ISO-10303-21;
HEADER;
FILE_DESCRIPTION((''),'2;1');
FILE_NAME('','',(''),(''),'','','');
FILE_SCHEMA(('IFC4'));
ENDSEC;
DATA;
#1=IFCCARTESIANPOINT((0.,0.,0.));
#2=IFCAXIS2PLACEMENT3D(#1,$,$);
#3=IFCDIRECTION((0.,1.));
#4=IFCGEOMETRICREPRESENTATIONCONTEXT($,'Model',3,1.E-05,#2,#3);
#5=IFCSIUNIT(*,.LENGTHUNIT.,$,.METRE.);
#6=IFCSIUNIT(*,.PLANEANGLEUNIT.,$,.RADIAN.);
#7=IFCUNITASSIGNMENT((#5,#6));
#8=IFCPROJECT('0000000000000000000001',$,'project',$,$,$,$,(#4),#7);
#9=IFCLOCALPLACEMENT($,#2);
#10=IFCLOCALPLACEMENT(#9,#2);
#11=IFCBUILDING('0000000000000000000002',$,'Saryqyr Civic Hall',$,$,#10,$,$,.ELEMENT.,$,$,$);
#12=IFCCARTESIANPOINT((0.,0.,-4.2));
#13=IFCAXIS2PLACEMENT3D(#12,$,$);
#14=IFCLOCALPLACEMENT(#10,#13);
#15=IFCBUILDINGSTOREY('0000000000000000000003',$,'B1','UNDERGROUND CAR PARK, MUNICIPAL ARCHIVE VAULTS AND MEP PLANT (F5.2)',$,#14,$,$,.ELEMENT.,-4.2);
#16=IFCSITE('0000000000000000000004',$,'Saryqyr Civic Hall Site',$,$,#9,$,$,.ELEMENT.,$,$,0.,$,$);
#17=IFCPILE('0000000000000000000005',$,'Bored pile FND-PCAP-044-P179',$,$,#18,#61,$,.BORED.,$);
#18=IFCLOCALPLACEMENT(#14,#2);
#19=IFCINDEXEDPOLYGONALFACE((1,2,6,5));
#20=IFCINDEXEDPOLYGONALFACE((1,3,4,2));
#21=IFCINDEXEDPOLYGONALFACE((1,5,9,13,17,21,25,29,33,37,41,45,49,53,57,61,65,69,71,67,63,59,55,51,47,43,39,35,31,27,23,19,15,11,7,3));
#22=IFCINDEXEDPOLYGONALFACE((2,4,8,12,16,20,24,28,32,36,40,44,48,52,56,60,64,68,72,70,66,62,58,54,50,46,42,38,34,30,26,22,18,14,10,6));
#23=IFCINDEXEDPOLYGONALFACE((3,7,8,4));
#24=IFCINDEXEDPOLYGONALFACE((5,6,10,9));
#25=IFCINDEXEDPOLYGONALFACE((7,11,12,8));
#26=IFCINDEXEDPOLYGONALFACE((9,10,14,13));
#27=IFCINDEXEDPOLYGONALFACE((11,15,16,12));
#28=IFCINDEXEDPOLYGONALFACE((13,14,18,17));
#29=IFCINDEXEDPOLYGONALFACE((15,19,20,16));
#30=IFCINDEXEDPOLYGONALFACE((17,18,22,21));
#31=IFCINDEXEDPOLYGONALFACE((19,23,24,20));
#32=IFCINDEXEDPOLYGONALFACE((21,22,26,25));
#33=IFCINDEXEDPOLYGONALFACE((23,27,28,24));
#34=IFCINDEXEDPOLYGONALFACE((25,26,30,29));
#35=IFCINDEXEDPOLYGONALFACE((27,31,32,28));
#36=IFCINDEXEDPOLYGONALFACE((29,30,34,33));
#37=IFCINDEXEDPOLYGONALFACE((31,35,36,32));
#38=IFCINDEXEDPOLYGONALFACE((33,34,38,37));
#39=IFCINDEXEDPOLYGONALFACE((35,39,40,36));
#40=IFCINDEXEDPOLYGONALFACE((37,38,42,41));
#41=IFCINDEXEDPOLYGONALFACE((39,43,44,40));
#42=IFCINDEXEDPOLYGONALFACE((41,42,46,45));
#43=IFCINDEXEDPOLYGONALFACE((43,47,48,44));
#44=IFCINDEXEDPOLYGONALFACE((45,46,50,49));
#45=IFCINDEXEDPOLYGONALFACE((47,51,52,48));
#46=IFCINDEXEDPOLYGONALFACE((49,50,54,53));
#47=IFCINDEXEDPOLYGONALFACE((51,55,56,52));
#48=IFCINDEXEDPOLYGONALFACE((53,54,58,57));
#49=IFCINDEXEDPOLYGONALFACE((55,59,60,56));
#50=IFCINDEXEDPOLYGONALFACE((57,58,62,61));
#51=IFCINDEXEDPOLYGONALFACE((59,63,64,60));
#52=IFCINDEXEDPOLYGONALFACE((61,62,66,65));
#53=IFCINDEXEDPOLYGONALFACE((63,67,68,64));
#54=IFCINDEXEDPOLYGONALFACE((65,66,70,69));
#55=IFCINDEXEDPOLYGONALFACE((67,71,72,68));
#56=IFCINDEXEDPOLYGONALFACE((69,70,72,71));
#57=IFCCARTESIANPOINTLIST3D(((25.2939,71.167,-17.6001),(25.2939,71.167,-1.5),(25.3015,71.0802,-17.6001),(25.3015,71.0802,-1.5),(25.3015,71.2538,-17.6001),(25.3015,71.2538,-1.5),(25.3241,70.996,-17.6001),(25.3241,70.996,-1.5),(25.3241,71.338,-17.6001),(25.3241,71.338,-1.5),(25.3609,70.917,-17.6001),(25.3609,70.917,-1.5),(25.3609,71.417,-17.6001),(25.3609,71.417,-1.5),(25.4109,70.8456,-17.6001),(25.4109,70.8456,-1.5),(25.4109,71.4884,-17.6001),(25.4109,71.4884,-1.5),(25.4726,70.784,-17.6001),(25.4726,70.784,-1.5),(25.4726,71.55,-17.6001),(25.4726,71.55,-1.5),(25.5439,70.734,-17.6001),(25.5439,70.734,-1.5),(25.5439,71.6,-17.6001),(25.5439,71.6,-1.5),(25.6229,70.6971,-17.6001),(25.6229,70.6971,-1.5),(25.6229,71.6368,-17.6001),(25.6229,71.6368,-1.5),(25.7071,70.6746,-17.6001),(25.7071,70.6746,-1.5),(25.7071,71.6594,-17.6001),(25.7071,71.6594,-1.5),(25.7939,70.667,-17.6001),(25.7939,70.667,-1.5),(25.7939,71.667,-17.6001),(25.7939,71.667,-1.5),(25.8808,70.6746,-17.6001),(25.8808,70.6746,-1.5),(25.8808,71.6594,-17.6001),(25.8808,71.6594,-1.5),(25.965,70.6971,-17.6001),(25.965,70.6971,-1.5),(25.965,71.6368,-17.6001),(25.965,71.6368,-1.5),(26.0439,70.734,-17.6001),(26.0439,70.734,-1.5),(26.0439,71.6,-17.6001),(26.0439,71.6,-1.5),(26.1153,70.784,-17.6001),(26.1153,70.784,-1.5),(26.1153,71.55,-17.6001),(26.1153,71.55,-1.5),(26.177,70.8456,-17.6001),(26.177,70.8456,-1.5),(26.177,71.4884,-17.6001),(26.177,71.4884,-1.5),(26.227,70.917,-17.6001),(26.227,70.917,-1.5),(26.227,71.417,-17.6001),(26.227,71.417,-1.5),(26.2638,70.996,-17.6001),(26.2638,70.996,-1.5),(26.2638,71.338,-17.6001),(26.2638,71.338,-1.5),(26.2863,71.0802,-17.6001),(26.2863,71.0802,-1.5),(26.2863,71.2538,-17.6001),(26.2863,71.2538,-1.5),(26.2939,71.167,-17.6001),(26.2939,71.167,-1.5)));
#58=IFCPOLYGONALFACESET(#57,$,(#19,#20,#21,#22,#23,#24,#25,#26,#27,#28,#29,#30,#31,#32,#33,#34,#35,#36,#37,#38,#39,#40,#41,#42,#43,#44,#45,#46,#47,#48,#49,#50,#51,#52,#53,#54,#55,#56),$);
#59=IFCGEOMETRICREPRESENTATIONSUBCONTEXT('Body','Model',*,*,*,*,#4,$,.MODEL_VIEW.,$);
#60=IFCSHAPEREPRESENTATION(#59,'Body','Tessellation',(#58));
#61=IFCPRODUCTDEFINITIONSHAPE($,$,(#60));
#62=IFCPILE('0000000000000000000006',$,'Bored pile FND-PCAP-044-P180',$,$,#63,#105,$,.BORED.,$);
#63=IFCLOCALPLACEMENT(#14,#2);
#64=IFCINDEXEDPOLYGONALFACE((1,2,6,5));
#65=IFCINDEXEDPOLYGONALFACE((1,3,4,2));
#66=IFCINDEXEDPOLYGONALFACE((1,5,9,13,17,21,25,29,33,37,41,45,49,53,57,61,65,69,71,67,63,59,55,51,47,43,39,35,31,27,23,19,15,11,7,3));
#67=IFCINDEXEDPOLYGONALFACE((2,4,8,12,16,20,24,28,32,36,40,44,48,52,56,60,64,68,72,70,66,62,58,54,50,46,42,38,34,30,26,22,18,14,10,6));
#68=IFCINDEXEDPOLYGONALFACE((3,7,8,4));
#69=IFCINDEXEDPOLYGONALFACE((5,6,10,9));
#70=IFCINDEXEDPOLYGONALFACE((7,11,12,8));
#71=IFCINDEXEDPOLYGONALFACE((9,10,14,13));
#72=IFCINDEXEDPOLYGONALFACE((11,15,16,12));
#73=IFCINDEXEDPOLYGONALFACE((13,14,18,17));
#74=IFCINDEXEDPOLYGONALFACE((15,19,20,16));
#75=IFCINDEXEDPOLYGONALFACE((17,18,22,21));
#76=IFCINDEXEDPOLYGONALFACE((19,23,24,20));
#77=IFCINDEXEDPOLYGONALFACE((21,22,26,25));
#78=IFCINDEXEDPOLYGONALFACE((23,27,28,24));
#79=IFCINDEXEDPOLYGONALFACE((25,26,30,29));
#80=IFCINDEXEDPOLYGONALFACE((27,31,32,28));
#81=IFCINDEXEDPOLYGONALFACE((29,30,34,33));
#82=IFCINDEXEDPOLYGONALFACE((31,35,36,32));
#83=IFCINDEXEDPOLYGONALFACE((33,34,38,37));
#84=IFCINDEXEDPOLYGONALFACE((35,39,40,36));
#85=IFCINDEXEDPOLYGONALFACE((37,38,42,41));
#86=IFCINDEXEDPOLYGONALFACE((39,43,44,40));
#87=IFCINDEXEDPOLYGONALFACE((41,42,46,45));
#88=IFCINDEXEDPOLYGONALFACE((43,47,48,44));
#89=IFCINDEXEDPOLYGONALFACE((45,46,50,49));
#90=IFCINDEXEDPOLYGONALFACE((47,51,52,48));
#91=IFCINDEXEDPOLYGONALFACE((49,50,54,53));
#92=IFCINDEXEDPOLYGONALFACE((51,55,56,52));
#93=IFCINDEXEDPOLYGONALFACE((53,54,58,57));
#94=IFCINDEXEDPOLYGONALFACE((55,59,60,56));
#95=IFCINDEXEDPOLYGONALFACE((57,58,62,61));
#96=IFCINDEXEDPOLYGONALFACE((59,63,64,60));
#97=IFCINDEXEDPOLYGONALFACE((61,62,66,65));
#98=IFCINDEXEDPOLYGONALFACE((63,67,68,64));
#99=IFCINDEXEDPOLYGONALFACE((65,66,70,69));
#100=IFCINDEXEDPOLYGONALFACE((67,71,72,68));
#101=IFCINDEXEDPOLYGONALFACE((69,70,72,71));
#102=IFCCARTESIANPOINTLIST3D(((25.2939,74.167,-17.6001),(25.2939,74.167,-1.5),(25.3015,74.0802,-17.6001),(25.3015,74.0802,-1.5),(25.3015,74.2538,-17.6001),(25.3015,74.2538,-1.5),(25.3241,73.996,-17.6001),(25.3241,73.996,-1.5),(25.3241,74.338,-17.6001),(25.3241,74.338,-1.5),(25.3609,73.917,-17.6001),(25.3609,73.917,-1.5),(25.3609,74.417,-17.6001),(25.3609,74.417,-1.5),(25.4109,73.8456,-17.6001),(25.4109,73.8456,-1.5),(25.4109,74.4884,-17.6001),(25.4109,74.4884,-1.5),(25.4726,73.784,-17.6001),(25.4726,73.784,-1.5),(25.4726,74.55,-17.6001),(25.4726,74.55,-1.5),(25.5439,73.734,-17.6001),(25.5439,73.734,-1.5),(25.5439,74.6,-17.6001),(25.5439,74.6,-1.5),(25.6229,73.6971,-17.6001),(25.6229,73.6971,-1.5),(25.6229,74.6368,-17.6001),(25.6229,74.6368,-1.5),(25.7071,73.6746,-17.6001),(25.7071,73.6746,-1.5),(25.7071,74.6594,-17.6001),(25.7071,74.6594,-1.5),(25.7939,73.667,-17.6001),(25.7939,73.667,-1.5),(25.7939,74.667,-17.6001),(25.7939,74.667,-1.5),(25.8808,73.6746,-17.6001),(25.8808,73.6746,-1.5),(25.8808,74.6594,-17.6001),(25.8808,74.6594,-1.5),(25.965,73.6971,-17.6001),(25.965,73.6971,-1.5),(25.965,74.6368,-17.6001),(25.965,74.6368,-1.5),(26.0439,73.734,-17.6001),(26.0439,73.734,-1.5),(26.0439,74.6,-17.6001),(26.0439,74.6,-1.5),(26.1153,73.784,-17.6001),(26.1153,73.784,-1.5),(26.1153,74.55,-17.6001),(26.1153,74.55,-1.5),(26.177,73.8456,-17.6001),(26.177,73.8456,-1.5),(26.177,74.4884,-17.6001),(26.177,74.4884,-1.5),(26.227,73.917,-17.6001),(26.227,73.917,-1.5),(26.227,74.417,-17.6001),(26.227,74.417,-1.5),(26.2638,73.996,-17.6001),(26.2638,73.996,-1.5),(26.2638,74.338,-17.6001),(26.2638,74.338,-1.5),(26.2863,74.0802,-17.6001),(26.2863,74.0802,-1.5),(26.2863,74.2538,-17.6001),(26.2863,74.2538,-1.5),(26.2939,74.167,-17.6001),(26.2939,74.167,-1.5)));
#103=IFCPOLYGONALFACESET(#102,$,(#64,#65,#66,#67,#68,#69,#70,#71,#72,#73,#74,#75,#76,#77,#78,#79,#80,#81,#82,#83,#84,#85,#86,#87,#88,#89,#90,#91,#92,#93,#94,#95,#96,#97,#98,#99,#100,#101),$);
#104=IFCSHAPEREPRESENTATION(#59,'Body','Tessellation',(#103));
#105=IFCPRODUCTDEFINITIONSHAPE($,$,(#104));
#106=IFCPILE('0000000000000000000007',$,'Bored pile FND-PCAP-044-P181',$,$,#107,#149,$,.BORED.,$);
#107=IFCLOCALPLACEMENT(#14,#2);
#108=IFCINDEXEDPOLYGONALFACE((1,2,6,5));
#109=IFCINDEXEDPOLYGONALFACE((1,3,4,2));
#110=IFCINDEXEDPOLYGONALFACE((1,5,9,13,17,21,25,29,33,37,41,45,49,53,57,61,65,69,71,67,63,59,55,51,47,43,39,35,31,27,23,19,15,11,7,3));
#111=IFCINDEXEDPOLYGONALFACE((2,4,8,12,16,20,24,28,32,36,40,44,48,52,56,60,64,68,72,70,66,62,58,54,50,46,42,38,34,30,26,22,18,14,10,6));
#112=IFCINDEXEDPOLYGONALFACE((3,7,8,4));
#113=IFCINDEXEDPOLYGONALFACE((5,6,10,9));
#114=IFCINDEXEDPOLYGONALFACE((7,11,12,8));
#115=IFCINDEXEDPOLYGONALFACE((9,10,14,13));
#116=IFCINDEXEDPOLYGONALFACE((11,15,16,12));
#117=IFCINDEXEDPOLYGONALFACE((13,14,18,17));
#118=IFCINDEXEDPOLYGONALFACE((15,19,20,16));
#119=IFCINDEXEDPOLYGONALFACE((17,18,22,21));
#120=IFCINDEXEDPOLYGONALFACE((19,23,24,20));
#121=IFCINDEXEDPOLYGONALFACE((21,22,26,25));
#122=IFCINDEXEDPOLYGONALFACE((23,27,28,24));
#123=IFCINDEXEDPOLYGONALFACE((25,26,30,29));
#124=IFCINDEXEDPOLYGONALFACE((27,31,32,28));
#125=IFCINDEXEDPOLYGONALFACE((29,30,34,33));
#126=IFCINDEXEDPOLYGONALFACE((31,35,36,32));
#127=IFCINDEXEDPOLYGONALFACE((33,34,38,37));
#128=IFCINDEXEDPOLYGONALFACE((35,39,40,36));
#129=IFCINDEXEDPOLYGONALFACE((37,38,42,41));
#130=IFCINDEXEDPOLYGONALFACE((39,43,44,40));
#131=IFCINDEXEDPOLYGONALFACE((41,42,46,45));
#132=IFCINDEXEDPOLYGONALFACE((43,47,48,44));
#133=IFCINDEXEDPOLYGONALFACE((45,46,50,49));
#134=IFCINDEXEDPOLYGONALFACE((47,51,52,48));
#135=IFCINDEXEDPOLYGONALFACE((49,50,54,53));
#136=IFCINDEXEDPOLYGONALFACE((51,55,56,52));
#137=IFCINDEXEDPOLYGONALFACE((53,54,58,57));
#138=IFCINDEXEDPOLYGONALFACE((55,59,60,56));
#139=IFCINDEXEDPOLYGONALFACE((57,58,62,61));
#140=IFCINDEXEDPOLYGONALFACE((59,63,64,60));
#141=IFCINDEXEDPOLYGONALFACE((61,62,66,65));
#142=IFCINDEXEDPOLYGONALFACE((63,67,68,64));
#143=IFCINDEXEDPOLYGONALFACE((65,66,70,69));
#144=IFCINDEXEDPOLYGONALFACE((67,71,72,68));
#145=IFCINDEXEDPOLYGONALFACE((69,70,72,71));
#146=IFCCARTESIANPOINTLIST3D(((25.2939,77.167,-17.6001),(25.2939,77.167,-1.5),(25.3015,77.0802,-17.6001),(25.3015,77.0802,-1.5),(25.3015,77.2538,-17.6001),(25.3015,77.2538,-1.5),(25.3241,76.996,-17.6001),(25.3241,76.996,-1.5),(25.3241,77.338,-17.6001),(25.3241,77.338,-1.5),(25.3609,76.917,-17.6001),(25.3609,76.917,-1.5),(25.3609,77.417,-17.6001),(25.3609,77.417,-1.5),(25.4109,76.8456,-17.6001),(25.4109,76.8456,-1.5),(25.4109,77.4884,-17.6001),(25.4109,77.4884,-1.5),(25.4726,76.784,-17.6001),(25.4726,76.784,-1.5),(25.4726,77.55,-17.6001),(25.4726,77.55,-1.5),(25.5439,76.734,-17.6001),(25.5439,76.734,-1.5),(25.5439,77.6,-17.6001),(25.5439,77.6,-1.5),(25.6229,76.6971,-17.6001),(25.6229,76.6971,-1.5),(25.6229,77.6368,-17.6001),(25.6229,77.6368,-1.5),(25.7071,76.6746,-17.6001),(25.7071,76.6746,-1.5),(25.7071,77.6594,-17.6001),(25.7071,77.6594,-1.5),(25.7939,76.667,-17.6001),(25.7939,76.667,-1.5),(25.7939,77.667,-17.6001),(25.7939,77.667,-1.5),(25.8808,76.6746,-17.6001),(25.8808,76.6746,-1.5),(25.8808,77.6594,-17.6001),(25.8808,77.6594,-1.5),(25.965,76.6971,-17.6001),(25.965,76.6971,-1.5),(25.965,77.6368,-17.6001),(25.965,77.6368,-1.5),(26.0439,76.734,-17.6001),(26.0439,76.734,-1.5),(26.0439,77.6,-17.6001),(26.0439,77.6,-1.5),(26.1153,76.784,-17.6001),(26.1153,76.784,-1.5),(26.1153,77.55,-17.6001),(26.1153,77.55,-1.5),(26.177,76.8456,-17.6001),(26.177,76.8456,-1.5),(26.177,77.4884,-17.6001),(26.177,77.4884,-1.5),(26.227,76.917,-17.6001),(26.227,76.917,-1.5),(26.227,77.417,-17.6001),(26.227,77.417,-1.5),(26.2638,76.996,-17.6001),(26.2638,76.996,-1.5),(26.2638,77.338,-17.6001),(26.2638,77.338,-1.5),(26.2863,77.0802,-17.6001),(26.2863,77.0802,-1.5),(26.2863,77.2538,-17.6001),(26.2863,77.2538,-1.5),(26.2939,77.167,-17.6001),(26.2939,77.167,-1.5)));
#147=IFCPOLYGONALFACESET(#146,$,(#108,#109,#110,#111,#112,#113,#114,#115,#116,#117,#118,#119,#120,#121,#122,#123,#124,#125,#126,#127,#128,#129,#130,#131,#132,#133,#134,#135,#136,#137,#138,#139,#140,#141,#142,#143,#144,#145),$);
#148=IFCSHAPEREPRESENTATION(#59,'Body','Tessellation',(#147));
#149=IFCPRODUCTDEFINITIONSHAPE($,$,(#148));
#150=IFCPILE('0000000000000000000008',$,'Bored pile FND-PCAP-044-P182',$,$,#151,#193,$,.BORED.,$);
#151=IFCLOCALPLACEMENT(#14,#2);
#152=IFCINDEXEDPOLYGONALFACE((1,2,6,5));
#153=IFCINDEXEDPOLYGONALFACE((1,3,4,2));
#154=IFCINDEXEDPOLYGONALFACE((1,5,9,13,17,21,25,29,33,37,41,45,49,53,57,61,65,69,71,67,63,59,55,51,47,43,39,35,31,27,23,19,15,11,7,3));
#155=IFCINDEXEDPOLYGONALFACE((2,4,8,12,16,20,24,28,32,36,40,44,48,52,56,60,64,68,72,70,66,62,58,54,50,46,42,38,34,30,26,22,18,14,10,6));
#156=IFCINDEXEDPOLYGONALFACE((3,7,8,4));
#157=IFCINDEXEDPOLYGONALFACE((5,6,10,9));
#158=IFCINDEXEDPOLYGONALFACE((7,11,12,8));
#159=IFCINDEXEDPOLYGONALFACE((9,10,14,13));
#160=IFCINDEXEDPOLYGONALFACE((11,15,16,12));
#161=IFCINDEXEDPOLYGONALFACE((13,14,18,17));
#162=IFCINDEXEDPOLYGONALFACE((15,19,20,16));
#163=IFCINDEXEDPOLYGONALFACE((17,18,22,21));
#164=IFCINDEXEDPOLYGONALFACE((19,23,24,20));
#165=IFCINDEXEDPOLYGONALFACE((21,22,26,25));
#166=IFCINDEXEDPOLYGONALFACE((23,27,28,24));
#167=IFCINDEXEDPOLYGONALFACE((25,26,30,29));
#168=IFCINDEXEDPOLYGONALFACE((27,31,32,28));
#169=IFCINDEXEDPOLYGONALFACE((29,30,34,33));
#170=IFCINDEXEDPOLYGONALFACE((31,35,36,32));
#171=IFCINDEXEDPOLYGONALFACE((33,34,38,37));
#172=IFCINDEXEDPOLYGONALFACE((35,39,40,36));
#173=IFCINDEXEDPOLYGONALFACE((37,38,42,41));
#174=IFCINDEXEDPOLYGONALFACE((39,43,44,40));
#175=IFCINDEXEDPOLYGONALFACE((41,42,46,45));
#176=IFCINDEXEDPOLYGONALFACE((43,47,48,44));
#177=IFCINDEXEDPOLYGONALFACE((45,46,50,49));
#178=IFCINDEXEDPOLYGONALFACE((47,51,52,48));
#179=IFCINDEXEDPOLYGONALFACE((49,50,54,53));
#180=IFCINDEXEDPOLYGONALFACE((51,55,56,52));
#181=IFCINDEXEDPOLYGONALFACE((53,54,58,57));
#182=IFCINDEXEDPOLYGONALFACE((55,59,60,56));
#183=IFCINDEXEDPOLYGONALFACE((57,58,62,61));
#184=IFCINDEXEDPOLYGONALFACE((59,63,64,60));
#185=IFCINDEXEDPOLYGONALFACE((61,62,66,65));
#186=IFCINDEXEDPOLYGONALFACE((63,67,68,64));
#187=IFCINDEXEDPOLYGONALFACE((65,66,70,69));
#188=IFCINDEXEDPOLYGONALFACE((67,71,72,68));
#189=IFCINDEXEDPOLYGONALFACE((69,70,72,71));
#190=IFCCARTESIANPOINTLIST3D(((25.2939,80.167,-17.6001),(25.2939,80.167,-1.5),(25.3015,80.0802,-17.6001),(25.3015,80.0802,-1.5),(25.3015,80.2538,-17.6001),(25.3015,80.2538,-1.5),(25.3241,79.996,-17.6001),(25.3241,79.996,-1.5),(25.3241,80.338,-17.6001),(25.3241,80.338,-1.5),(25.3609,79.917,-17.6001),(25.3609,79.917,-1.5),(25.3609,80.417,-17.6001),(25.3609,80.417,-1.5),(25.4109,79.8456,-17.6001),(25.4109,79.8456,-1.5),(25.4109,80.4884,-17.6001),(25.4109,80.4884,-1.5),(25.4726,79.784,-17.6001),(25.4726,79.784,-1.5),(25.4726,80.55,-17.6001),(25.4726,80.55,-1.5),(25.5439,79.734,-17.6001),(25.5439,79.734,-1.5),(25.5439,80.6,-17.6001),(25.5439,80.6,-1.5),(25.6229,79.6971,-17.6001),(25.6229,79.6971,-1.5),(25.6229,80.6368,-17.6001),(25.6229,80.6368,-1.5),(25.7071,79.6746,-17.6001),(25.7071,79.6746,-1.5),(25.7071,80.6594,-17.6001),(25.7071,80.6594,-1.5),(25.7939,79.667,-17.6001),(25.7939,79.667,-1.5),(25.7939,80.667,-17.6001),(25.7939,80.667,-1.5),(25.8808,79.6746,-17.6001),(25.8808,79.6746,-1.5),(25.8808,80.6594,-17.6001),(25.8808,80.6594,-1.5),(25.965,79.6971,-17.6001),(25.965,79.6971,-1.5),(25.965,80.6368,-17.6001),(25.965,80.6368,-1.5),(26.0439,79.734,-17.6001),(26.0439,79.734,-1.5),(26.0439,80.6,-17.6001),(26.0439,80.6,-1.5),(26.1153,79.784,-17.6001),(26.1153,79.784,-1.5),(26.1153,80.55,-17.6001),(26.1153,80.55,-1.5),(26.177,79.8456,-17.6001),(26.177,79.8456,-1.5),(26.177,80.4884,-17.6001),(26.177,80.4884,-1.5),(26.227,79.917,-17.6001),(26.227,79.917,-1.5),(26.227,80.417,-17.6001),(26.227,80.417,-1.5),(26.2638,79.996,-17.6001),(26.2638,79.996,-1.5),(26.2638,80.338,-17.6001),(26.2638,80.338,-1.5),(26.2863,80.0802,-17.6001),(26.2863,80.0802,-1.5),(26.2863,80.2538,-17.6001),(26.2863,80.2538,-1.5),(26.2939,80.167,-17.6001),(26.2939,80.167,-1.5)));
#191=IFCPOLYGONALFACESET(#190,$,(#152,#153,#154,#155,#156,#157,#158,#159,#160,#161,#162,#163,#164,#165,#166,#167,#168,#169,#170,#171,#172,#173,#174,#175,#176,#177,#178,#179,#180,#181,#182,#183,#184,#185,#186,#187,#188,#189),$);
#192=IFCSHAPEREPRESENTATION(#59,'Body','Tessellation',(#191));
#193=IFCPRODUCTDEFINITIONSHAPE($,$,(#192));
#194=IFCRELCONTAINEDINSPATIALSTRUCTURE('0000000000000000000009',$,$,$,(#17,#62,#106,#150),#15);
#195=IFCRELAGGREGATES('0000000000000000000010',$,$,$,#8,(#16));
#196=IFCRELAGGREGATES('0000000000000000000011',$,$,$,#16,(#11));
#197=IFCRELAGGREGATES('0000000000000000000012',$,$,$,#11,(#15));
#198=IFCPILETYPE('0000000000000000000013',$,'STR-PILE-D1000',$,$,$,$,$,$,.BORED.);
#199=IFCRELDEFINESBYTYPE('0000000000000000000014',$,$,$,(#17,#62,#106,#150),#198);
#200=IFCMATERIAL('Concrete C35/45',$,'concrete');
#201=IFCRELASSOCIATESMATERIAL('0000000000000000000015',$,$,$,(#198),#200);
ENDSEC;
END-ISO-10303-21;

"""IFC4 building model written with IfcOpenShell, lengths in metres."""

from ifc_helpers import new_model, si_unit, direction, frame, origin, origin_2d, place, context, subcontext, project, spatial, circle, extrude, material, material_profile, profile_set, type_object, element, save


model = new_model("IFC4")

# Units and contexts
model_context = context("Model", 3, precision=1e-05, world=origin(), true_north=direction((0.0, 1.0)))
body_context = subcontext(model_context, "Body", "Model", "MODEL_VIEW")
ifc_project = project(units=[si_unit("LENGTHUNIT", "METRE"), si_unit("PLANEANGLEUNIT", "RADIAN")], contexts=[model_context])

# Site, building, storey
site_placement = place(None, origin())
site = spatial("IfcSite", under=ifc_project, at=site_placement, Name="Saryqyr Civic Hall Site", CompositionType="ELEMENT", RefElevation=0.0)
building_placement = place(site_placement, origin())
building = spatial("IfcBuilding", under=site, at=building_placement, Name="Saryqyr Civic Hall", CompositionType="ELEMENT")
storey_placement = place(building_placement, frame((0.0, 0.0, -4.2)))
storey = spatial("IfcBuildingStorey", under=building, at=storey_placement, Name="B1", Description="UNDERGROUND CAR PARK, MUNICIPAL ARCHIVE VAULTS AND MEP PLANT (F5.2)", CompositionType="ELEMENT", Elevation=-4.2)

# Shared definitions
ifc_material_1 = material(Name="Concrete C35/45", Category="concrete")

# Piles
ifc_material_profile_1 = material_profile(ifc_material_1, circle(Radius=0.5, at=origin_2d()), Name="BORED PILE D1000")
ifc_profile_set_1 = profile_set([ifc_material_profile_1], Name="Concrete C35/45")
pile_type = type_object("IfcPileType", Name="STR-PILE-D1000", PredefinedType="BORED", material=ifc_profile_set_1)
for number, where, z_axis, x_axis, name in (
    (1, (25.7939, 71.167, -1.5), (0.0, 0.0, -1.0), (1.0, 0.0, 0.0), "Bored pile FND-PCAP-044-P179"),
    (2, (25.7939, 74.167, -1.5), (0.0, 0.0, -1.0), (1.0, 0.0, 0.0), "Bored pile FND-PCAP-044-P180"),
    (3, (25.7939, 77.167, -1.5), (0.0, 0.0, -1.0), (1.0, 0.0, 0.0), "Bored pile FND-PCAP-044-P181"),
    (4, (25.7939, 80.167, -1.5), (0.0, 0.0, -1.0), (1.0, 0.0, 0.0), "Bored pile FND-PCAP-044-P182"),
):
    element("IfcPile", number, at=place(storey_placement, frame(where, z_axis=z_axis, x_axis=x_axis)), inside=storey, type_object=pile_type, Name=name, PredefinedType="BORED", context=body_context, shape_type="SweptSolid", body=[
        extrude(circle(Radius=0.5, at=origin_2d()), origin(), (0.0, 0.0, 1.0), 16.1001),
    ])

save(model, "model.ifc")
